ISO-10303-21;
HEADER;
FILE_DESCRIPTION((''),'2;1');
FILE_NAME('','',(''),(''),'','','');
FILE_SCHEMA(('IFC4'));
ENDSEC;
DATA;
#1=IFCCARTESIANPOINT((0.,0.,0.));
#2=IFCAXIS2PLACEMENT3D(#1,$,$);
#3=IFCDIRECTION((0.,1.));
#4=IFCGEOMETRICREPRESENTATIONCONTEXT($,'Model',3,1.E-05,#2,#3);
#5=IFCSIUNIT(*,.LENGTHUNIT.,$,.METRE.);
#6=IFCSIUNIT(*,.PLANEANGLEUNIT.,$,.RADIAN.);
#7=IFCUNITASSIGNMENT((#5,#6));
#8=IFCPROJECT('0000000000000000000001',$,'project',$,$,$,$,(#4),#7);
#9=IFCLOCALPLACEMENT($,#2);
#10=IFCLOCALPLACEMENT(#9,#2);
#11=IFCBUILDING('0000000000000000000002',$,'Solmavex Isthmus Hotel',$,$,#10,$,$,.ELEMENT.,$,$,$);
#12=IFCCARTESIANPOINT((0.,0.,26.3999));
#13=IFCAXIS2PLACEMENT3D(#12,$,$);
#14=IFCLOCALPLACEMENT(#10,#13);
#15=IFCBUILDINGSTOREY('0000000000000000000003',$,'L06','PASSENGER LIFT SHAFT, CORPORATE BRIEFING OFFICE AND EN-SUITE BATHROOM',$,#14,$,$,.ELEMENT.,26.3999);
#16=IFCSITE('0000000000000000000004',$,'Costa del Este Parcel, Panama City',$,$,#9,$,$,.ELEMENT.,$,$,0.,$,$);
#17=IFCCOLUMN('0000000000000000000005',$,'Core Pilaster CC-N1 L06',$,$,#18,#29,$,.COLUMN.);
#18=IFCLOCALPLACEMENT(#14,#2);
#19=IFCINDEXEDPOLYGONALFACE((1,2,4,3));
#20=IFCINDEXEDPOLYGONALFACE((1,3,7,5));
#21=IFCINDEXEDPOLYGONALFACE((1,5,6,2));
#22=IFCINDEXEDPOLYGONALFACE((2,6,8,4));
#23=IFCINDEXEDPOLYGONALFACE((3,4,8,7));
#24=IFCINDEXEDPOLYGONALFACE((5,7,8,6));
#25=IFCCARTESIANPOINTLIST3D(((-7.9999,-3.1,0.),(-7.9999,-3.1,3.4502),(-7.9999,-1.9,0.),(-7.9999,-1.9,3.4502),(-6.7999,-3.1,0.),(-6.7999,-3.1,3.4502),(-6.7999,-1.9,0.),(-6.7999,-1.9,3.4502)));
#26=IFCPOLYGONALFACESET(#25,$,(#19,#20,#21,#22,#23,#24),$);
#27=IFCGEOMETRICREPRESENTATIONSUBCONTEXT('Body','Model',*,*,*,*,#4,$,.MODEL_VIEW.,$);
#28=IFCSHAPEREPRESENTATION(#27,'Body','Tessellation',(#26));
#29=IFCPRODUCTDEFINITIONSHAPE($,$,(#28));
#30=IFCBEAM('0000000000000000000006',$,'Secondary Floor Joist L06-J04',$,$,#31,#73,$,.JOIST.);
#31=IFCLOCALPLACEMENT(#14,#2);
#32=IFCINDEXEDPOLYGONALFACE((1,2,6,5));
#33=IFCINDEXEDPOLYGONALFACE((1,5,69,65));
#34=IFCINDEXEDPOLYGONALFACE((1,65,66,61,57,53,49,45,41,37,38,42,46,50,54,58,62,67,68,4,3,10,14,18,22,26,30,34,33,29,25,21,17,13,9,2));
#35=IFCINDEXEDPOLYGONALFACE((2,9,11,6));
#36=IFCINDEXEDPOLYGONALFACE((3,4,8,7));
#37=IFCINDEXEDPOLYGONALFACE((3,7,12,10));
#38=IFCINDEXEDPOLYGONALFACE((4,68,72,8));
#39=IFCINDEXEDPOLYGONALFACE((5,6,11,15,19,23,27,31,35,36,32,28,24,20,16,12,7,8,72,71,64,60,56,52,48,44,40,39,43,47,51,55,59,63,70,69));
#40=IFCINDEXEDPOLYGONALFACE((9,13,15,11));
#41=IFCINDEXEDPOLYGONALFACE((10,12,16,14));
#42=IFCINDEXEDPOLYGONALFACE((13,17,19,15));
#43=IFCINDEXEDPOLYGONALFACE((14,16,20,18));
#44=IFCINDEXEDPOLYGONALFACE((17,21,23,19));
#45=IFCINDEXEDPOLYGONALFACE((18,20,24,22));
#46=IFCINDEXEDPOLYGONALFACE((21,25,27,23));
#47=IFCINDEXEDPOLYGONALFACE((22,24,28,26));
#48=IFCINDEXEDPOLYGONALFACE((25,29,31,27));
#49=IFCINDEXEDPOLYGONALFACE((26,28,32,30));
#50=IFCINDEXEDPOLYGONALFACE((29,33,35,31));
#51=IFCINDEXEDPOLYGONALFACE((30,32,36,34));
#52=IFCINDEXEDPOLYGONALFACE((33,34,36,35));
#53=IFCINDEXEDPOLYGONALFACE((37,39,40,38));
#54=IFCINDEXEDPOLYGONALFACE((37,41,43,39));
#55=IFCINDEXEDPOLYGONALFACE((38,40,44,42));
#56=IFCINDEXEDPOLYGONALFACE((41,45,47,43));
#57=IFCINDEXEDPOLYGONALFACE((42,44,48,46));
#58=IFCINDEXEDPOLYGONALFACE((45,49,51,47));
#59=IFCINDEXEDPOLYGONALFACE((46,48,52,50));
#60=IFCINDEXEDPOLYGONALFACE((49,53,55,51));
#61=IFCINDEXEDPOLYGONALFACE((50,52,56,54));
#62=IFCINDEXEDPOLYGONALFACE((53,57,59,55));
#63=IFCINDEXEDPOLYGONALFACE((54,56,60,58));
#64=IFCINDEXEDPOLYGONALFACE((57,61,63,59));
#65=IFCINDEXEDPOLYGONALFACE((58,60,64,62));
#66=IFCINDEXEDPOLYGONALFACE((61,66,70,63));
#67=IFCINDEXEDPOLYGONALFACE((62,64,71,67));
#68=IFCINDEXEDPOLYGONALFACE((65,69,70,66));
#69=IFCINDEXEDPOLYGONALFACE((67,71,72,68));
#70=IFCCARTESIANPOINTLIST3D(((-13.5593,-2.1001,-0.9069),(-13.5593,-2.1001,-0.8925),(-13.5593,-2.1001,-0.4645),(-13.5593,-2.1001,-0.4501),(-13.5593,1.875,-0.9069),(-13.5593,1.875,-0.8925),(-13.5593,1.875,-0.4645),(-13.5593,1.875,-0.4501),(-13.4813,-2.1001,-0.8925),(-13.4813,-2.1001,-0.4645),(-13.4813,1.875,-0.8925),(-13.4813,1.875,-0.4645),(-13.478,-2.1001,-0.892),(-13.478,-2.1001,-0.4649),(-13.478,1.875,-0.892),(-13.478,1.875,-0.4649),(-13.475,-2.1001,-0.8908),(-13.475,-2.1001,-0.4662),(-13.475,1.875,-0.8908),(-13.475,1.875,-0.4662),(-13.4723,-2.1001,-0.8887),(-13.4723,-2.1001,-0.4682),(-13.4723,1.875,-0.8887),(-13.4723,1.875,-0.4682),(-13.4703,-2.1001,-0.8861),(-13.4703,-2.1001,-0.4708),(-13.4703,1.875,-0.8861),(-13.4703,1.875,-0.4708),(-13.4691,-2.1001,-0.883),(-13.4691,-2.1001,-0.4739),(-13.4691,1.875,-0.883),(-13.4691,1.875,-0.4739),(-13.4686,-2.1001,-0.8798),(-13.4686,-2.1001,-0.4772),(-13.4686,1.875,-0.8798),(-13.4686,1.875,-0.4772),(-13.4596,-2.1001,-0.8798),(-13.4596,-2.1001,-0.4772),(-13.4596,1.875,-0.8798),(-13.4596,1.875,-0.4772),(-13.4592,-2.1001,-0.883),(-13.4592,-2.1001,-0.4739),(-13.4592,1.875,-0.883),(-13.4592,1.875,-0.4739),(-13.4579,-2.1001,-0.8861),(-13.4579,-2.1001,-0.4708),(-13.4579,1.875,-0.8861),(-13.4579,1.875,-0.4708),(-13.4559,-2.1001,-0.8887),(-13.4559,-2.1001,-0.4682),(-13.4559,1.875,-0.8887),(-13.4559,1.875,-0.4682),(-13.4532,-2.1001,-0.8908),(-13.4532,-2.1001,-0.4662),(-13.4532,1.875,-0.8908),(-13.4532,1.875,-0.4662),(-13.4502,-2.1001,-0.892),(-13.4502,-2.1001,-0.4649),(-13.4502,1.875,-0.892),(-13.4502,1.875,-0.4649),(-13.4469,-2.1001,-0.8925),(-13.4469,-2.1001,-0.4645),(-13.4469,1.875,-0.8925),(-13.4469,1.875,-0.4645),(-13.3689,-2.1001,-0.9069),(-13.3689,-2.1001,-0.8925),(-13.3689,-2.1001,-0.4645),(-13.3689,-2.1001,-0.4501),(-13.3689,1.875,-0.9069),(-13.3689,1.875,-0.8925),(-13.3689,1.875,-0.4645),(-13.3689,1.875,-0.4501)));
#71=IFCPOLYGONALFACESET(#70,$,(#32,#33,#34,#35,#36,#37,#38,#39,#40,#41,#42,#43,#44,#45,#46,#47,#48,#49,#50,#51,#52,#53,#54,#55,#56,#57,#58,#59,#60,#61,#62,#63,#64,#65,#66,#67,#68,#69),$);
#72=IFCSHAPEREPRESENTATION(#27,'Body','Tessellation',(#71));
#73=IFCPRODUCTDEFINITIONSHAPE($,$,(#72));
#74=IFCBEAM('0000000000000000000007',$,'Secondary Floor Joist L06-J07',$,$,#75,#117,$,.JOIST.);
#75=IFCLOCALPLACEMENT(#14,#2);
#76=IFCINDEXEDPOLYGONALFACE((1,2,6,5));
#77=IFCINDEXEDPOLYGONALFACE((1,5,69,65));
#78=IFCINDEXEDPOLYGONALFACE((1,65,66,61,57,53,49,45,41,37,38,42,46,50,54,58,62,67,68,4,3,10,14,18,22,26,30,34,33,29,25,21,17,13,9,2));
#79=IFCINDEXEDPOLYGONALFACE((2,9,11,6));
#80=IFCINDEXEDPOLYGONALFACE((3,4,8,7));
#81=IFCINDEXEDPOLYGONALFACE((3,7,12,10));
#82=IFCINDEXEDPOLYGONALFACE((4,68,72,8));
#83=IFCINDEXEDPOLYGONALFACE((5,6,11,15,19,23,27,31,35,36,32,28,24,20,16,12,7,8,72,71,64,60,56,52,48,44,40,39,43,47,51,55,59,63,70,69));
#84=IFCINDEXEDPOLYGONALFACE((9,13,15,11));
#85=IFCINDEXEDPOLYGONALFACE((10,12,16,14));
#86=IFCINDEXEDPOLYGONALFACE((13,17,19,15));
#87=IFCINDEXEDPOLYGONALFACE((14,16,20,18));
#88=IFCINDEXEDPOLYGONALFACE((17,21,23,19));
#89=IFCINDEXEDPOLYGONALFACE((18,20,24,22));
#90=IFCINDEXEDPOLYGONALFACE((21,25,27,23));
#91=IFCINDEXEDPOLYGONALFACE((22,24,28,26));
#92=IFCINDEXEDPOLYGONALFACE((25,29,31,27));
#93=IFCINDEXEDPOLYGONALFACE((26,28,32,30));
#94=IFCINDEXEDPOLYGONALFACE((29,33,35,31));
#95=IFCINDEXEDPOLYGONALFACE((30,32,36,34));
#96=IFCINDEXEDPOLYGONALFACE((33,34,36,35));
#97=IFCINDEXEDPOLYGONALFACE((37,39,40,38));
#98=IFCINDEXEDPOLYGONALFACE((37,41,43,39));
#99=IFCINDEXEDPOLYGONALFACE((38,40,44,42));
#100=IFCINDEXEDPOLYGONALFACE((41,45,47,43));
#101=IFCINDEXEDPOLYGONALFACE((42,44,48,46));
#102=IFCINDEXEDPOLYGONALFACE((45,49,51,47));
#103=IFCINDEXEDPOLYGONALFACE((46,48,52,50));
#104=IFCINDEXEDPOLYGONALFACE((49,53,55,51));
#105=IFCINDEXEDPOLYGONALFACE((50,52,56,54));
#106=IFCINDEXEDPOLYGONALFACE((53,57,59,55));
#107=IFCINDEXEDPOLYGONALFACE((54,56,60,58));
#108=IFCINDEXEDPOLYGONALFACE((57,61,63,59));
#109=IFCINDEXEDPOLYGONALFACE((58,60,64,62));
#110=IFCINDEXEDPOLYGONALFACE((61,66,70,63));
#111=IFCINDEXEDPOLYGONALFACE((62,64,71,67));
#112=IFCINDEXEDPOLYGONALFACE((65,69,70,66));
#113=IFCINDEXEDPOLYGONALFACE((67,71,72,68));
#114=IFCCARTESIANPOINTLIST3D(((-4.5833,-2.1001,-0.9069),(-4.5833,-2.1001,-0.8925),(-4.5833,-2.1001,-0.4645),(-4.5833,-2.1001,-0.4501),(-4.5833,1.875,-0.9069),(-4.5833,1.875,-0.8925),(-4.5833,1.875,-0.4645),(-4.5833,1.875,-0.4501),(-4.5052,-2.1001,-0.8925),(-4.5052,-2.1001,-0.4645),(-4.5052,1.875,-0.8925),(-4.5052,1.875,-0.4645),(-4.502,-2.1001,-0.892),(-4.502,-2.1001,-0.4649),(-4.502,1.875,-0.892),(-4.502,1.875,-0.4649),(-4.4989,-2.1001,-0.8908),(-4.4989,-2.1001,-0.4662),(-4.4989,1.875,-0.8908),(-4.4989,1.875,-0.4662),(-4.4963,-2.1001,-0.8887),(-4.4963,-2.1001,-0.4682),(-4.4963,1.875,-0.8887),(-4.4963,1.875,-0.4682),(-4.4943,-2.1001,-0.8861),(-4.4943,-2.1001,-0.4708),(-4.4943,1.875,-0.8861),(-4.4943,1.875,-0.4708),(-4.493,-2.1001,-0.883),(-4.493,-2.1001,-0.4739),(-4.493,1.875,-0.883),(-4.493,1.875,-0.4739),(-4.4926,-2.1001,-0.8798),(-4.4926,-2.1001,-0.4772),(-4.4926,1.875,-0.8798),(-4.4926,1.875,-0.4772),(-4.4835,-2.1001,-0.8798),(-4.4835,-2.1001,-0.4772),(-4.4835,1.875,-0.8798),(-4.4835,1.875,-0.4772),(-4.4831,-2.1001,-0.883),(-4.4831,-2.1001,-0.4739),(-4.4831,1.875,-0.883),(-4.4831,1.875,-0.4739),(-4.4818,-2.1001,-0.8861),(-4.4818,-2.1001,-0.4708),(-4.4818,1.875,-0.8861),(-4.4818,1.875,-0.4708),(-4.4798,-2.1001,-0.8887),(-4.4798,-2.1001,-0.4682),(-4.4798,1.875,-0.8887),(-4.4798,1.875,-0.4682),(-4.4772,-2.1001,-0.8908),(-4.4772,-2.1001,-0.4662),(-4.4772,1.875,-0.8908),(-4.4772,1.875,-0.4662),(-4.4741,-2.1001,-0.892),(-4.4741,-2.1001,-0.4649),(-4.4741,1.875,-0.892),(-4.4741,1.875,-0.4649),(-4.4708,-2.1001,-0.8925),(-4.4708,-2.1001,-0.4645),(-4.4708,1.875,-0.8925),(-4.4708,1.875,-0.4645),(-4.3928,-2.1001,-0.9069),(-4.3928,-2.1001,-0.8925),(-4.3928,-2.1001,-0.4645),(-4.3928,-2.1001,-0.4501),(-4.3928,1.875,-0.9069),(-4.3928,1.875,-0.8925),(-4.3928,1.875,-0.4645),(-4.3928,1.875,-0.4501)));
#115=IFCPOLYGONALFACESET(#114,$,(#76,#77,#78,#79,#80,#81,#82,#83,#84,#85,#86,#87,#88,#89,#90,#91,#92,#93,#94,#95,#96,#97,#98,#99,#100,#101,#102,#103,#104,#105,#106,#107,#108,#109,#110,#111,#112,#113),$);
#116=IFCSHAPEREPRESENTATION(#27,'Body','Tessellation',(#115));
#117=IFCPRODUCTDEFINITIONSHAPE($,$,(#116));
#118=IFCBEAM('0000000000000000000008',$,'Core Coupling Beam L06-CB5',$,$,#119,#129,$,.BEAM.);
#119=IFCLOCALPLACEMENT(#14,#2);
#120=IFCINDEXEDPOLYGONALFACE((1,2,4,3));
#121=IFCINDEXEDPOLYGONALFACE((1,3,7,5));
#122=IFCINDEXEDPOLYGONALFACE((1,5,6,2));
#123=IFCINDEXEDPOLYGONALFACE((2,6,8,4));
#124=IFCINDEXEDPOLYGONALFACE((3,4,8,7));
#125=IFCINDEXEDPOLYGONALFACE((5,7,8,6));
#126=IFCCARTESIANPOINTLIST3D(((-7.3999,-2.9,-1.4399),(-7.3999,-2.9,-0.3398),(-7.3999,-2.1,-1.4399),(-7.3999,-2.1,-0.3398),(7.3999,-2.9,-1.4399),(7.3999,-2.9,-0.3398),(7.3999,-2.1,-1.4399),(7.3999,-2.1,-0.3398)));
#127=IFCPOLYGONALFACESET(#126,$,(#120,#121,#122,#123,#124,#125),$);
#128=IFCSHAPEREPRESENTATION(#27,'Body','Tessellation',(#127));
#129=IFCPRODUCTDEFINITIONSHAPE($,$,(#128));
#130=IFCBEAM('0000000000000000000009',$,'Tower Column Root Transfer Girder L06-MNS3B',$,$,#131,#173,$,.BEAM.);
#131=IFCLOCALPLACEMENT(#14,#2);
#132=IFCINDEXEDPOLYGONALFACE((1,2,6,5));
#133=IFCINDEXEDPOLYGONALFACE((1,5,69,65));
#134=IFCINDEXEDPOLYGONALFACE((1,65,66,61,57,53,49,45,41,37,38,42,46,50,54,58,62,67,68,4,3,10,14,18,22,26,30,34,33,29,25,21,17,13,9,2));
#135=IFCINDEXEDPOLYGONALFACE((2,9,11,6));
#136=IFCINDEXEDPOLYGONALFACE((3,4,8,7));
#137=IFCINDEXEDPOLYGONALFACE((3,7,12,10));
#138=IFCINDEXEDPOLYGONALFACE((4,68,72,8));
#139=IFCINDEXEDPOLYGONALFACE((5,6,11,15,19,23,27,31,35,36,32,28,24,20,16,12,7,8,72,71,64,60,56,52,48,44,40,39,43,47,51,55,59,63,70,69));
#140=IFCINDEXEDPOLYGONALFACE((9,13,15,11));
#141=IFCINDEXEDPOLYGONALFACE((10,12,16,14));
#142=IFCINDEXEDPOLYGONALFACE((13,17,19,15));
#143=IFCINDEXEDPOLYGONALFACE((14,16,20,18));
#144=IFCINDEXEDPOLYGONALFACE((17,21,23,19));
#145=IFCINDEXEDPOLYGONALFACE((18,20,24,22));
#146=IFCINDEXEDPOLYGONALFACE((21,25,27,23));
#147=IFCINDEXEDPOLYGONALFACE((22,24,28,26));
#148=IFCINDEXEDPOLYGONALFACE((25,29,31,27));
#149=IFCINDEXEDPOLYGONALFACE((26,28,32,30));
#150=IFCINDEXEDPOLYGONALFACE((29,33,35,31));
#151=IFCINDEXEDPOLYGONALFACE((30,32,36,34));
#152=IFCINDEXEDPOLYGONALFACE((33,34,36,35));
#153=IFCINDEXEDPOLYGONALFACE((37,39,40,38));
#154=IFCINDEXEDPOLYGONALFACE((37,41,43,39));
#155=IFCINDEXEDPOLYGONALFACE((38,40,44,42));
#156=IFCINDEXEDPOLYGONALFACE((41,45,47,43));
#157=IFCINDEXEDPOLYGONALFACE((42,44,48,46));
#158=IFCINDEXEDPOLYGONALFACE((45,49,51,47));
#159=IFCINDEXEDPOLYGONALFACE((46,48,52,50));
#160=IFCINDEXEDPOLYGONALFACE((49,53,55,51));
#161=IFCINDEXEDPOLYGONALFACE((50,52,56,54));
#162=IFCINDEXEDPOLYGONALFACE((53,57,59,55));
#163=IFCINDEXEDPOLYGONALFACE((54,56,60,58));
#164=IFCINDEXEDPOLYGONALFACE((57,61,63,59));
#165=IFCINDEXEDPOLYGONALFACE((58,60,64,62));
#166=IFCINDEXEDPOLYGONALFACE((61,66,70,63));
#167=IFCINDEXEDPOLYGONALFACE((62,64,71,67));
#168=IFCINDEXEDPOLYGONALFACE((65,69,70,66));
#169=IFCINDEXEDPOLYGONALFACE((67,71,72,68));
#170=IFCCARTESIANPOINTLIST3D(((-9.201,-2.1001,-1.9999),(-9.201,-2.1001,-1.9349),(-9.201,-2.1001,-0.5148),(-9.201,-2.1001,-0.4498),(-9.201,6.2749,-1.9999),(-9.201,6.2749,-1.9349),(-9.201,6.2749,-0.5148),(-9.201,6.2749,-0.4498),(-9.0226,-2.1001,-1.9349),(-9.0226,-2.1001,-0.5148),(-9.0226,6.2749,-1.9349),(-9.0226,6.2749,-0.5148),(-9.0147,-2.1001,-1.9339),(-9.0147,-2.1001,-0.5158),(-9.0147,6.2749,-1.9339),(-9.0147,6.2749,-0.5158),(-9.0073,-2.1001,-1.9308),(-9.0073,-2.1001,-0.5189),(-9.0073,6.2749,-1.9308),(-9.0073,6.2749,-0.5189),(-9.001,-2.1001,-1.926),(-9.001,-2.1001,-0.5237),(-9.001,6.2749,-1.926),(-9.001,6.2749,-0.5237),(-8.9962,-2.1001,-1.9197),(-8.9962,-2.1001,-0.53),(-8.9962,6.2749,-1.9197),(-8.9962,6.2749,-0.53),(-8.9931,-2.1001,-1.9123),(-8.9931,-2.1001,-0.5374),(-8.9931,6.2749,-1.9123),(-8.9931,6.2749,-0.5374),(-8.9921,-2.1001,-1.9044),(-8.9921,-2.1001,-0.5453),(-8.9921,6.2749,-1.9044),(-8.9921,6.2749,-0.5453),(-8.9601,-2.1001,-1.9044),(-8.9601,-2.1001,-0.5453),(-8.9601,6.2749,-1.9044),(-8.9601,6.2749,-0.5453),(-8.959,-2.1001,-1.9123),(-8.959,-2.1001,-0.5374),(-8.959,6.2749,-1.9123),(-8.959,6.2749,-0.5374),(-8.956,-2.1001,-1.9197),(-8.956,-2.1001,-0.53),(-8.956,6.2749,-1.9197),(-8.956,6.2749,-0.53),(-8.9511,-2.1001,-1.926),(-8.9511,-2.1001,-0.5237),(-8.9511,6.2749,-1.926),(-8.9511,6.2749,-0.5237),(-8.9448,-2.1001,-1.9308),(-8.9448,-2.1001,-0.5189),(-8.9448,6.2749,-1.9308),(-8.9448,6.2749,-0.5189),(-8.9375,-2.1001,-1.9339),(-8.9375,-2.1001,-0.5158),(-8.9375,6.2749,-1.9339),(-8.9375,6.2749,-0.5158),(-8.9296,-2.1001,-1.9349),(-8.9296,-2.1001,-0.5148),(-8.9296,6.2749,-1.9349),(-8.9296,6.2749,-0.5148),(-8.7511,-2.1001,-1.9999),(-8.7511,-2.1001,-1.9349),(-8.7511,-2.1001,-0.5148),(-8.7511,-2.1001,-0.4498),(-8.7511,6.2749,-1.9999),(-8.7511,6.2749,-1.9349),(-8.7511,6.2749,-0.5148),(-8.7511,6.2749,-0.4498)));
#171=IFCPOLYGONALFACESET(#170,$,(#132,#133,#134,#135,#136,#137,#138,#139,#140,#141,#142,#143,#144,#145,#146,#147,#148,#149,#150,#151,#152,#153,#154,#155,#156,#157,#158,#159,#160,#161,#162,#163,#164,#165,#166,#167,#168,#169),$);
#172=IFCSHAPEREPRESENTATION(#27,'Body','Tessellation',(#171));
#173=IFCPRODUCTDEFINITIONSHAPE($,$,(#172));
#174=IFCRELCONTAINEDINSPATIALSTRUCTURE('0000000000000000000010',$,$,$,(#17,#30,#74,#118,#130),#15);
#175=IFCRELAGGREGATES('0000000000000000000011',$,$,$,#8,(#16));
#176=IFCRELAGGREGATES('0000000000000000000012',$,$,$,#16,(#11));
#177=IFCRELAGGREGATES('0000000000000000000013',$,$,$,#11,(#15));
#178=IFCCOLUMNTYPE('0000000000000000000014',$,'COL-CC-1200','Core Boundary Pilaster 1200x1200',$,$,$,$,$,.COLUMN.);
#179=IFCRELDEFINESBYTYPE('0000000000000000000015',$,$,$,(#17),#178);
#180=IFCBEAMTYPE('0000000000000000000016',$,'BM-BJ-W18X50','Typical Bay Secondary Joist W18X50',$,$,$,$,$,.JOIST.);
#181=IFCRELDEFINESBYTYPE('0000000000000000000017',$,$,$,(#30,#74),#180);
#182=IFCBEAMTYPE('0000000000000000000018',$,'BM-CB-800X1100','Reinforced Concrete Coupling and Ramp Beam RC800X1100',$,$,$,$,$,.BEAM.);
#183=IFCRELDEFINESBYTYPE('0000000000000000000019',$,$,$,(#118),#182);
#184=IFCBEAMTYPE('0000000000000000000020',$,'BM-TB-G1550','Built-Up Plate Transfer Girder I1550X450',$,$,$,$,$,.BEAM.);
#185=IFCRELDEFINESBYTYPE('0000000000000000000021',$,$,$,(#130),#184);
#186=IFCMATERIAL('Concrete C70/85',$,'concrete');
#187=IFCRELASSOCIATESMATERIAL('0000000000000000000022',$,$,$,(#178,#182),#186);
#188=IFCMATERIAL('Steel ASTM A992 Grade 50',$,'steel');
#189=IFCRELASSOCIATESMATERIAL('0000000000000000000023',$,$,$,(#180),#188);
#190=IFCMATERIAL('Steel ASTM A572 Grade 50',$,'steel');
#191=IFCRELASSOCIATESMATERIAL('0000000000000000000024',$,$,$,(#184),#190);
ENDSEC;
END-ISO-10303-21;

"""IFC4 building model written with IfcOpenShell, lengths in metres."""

from ifc_helpers import new_model, si_unit, direction, frame, origin, origin_2d, place, context, subcontext, project, spatial, rectangle, i_section, extrude, material, material_profile, profile_set, type_object, element, save


model = new_model("IFC4")

# Units and contexts
model_context = context("Model", 3, precision=1e-05, world=origin(), true_north=direction((0.0, 1.0)))
body_context = subcontext(model_context, "Body", "Model", "MODEL_VIEW")
ifc_project = project(units=[si_unit("LENGTHUNIT", "METRE"), si_unit("PLANEANGLEUNIT", "RADIAN")], contexts=[model_context])

# Site, building, storey
site_placement = place(None, origin())
site = spatial("IfcSite", under=ifc_project, at=site_placement, Name="Costa del Este Parcel, Panama City", CompositionType="ELEMENT", RefElevation=0.0)
building_placement = place(site_placement, origin())
building = spatial("IfcBuilding", under=site, at=building_placement, Name="Solmavex Isthmus Hotel", CompositionType="ELEMENT")
storey_placement = place(building_placement, frame((0.0, 0.0, 26.3999)))
storey = spatial("IfcBuildingStorey", under=building, at=storey_placement, Name="L06", Description="PASSENGER LIFT SHAFT, CORPORATE BRIEFING OFFICE AND EN-SUITE BATHROOM", CompositionType="ELEMENT", Elevation=26.3999)

# Column
ifc_material_1 = material(Name="Concrete C70/85", Category="concrete")
ifc_material_profile_1 = material_profile(ifc_material_1, rectangle(XDim=1.2, YDim=1.2, at=origin_2d()), Name="RC1200X1200")
ifc_profile_set_1 = profile_set([ifc_material_profile_1], Name="Concrete C70/85")
column_type = type_object("IfcColumnType", Name="COL-CC-1200", Description="Core Boundary Pilaster 1200x1200", PredefinedType="COLUMN", material=ifc_profile_set_1)
column_placement = place(storey_placement, frame((-7.3999, -2.5, 0.0), z_axis=(0.0, 0.0, 1.0), x_axis=(1.0, 0.0, 0.0)))
element("IfcColumn", 1, at=column_placement, inside=storey, type_object=column_type, Name="Core Pilaster CC-N1 L06", PredefinedType="COLUMN", context=body_context, shape_type="SweptSolid", body=[
    extrude(rectangle(XDim=1.2, YDim=1.2, at=origin_2d()), origin(), (0.0, 0.0, 1.0), 3.4502),
])

# Beams
ifc_material_2 = material(Name="Steel ASTM A992 Grade 50", Category="steel")
ifc_material_profile_2 = material_profile(ifc_material_2, i_section(OverallWidth=0.1904, OverallDepth=0.4568, WebThickness=0.009, FlangeThickness=0.0144, FilletRadius=0.0127, at=origin_2d()), Name="W18X50")
ifc_profile_set_2 = profile_set([ifc_material_profile_2], Name="Steel ASTM A992 Grade 50")
beam_type_1 = type_object("IfcBeamType", Name="BM-BJ-W18X50", Description="Typical Bay Secondary Joist W18X50", PredefinedType="JOIST", material=ifc_profile_set_2)
for number, where, z_axis, x_axis, name in (
    (2, (-13.4641, -2.1001, -0.6785), (0.0, 1.0, 0.0), (-1.0, 0.0, 0.0), "Secondary Floor Joist L06-J04"),
    (3, (-4.488, -2.1001, -0.6785), (0.0, 1.0, 0.0), (-1.0, 0.0, 0.0), "Secondary Floor Joist L06-J07"),
):
    element("IfcBeam", number, at=place(storey_placement, frame(where, z_axis=z_axis, x_axis=x_axis)), inside=storey, type_object=beam_type_1, Name=name, PredefinedType="JOIST", context=body_context, shape_type="SweptSolid", body=[
        extrude(i_section(OverallWidth=0.1904, OverallDepth=0.4568, WebThickness=0.009, FlangeThickness=0.0144, FilletRadius=0.0127, at=origin_2d()), origin(), (0.0, 0.0, 1.0), 3.9751),
    ])
ifc_material_profile_3 = material_profile(ifc_material_1, rectangle(XDim=0.8, YDim=1.1001, at=origin_2d()), Name="RC800X1100")
ifc_profile_set_3 = profile_set([ifc_material_profile_3], Name="Concrete C70/85")
beam_type_2 = type_object("IfcBeamType", Name="BM-CB-800X1100", Description="Reinforced Concrete Coupling and Ramp Beam RC800X1100", PredefinedType="BEAM", material=ifc_profile_set_3)
beam_1_placement = place(storey_placement, frame((-7.3999, -2.5, -0.8899), z_axis=(1.0, 0.0, 0.0), x_axis=(0.0, 1.0, 0.0)))
element("IfcBeam", 4, at=beam_1_placement, inside=storey, type_object=beam_type_2, Name="Core Coupling Beam L06-CB5", PredefinedType="BEAM", context=body_context, shape_type="SweptSolid", body=[
    extrude(rectangle(XDim=0.8, YDim=1.1001, at=origin_2d()), origin(), (0.0, 0.0, 1.0), 14.7998),
])
ifc_material_3 = material(Name="Steel ASTM A572 Grade 50", Category="steel")
ifc_material_profile_4 = material_profile(ifc_material_3, i_section(OverallWidth=0.45, OverallDepth=1.55, WebThickness=0.032, FlangeThickness=0.0649, FilletRadius=0.0305, at=origin_2d()), Name="I1550X450")
ifc_profile_set_4 = profile_set([ifc_material_profile_4], Name="Steel ASTM A572 Grade 50")
beam_type_3 = type_object("IfcBeamType", Name="BM-TB-G1550", Description="Built-Up Plate Transfer Girder I1550X450", PredefinedType="BEAM", material=ifc_profile_set_4)
for number, where, z_axis, x_axis, name in (
    (5, (-8.9761, -2.1001, -1.2249), (0.0, 1.0, 0.0), (-1.0, 0.0, 0.0), "Tower Column Root Transfer Girder L06-MNS3B"),
):
    element("IfcBeam", number, at=place(storey_placement, frame(where, z_axis=z_axis, x_axis=x_axis)), inside=storey, type_object=beam_type_3, Name=name, PredefinedType="BEAM", context=body_context, shape_type="SweptSolid", body=[
        extrude(i_section(OverallWidth=0.45, OverallDepth=1.55, WebThickness=0.032, FlangeThickness=0.0649, FilletRadius=0.0305, at=origin_2d()), origin(), (0.0, 0.0, 1.0), 8.375),
    ])

save(model, "model.ifc")
